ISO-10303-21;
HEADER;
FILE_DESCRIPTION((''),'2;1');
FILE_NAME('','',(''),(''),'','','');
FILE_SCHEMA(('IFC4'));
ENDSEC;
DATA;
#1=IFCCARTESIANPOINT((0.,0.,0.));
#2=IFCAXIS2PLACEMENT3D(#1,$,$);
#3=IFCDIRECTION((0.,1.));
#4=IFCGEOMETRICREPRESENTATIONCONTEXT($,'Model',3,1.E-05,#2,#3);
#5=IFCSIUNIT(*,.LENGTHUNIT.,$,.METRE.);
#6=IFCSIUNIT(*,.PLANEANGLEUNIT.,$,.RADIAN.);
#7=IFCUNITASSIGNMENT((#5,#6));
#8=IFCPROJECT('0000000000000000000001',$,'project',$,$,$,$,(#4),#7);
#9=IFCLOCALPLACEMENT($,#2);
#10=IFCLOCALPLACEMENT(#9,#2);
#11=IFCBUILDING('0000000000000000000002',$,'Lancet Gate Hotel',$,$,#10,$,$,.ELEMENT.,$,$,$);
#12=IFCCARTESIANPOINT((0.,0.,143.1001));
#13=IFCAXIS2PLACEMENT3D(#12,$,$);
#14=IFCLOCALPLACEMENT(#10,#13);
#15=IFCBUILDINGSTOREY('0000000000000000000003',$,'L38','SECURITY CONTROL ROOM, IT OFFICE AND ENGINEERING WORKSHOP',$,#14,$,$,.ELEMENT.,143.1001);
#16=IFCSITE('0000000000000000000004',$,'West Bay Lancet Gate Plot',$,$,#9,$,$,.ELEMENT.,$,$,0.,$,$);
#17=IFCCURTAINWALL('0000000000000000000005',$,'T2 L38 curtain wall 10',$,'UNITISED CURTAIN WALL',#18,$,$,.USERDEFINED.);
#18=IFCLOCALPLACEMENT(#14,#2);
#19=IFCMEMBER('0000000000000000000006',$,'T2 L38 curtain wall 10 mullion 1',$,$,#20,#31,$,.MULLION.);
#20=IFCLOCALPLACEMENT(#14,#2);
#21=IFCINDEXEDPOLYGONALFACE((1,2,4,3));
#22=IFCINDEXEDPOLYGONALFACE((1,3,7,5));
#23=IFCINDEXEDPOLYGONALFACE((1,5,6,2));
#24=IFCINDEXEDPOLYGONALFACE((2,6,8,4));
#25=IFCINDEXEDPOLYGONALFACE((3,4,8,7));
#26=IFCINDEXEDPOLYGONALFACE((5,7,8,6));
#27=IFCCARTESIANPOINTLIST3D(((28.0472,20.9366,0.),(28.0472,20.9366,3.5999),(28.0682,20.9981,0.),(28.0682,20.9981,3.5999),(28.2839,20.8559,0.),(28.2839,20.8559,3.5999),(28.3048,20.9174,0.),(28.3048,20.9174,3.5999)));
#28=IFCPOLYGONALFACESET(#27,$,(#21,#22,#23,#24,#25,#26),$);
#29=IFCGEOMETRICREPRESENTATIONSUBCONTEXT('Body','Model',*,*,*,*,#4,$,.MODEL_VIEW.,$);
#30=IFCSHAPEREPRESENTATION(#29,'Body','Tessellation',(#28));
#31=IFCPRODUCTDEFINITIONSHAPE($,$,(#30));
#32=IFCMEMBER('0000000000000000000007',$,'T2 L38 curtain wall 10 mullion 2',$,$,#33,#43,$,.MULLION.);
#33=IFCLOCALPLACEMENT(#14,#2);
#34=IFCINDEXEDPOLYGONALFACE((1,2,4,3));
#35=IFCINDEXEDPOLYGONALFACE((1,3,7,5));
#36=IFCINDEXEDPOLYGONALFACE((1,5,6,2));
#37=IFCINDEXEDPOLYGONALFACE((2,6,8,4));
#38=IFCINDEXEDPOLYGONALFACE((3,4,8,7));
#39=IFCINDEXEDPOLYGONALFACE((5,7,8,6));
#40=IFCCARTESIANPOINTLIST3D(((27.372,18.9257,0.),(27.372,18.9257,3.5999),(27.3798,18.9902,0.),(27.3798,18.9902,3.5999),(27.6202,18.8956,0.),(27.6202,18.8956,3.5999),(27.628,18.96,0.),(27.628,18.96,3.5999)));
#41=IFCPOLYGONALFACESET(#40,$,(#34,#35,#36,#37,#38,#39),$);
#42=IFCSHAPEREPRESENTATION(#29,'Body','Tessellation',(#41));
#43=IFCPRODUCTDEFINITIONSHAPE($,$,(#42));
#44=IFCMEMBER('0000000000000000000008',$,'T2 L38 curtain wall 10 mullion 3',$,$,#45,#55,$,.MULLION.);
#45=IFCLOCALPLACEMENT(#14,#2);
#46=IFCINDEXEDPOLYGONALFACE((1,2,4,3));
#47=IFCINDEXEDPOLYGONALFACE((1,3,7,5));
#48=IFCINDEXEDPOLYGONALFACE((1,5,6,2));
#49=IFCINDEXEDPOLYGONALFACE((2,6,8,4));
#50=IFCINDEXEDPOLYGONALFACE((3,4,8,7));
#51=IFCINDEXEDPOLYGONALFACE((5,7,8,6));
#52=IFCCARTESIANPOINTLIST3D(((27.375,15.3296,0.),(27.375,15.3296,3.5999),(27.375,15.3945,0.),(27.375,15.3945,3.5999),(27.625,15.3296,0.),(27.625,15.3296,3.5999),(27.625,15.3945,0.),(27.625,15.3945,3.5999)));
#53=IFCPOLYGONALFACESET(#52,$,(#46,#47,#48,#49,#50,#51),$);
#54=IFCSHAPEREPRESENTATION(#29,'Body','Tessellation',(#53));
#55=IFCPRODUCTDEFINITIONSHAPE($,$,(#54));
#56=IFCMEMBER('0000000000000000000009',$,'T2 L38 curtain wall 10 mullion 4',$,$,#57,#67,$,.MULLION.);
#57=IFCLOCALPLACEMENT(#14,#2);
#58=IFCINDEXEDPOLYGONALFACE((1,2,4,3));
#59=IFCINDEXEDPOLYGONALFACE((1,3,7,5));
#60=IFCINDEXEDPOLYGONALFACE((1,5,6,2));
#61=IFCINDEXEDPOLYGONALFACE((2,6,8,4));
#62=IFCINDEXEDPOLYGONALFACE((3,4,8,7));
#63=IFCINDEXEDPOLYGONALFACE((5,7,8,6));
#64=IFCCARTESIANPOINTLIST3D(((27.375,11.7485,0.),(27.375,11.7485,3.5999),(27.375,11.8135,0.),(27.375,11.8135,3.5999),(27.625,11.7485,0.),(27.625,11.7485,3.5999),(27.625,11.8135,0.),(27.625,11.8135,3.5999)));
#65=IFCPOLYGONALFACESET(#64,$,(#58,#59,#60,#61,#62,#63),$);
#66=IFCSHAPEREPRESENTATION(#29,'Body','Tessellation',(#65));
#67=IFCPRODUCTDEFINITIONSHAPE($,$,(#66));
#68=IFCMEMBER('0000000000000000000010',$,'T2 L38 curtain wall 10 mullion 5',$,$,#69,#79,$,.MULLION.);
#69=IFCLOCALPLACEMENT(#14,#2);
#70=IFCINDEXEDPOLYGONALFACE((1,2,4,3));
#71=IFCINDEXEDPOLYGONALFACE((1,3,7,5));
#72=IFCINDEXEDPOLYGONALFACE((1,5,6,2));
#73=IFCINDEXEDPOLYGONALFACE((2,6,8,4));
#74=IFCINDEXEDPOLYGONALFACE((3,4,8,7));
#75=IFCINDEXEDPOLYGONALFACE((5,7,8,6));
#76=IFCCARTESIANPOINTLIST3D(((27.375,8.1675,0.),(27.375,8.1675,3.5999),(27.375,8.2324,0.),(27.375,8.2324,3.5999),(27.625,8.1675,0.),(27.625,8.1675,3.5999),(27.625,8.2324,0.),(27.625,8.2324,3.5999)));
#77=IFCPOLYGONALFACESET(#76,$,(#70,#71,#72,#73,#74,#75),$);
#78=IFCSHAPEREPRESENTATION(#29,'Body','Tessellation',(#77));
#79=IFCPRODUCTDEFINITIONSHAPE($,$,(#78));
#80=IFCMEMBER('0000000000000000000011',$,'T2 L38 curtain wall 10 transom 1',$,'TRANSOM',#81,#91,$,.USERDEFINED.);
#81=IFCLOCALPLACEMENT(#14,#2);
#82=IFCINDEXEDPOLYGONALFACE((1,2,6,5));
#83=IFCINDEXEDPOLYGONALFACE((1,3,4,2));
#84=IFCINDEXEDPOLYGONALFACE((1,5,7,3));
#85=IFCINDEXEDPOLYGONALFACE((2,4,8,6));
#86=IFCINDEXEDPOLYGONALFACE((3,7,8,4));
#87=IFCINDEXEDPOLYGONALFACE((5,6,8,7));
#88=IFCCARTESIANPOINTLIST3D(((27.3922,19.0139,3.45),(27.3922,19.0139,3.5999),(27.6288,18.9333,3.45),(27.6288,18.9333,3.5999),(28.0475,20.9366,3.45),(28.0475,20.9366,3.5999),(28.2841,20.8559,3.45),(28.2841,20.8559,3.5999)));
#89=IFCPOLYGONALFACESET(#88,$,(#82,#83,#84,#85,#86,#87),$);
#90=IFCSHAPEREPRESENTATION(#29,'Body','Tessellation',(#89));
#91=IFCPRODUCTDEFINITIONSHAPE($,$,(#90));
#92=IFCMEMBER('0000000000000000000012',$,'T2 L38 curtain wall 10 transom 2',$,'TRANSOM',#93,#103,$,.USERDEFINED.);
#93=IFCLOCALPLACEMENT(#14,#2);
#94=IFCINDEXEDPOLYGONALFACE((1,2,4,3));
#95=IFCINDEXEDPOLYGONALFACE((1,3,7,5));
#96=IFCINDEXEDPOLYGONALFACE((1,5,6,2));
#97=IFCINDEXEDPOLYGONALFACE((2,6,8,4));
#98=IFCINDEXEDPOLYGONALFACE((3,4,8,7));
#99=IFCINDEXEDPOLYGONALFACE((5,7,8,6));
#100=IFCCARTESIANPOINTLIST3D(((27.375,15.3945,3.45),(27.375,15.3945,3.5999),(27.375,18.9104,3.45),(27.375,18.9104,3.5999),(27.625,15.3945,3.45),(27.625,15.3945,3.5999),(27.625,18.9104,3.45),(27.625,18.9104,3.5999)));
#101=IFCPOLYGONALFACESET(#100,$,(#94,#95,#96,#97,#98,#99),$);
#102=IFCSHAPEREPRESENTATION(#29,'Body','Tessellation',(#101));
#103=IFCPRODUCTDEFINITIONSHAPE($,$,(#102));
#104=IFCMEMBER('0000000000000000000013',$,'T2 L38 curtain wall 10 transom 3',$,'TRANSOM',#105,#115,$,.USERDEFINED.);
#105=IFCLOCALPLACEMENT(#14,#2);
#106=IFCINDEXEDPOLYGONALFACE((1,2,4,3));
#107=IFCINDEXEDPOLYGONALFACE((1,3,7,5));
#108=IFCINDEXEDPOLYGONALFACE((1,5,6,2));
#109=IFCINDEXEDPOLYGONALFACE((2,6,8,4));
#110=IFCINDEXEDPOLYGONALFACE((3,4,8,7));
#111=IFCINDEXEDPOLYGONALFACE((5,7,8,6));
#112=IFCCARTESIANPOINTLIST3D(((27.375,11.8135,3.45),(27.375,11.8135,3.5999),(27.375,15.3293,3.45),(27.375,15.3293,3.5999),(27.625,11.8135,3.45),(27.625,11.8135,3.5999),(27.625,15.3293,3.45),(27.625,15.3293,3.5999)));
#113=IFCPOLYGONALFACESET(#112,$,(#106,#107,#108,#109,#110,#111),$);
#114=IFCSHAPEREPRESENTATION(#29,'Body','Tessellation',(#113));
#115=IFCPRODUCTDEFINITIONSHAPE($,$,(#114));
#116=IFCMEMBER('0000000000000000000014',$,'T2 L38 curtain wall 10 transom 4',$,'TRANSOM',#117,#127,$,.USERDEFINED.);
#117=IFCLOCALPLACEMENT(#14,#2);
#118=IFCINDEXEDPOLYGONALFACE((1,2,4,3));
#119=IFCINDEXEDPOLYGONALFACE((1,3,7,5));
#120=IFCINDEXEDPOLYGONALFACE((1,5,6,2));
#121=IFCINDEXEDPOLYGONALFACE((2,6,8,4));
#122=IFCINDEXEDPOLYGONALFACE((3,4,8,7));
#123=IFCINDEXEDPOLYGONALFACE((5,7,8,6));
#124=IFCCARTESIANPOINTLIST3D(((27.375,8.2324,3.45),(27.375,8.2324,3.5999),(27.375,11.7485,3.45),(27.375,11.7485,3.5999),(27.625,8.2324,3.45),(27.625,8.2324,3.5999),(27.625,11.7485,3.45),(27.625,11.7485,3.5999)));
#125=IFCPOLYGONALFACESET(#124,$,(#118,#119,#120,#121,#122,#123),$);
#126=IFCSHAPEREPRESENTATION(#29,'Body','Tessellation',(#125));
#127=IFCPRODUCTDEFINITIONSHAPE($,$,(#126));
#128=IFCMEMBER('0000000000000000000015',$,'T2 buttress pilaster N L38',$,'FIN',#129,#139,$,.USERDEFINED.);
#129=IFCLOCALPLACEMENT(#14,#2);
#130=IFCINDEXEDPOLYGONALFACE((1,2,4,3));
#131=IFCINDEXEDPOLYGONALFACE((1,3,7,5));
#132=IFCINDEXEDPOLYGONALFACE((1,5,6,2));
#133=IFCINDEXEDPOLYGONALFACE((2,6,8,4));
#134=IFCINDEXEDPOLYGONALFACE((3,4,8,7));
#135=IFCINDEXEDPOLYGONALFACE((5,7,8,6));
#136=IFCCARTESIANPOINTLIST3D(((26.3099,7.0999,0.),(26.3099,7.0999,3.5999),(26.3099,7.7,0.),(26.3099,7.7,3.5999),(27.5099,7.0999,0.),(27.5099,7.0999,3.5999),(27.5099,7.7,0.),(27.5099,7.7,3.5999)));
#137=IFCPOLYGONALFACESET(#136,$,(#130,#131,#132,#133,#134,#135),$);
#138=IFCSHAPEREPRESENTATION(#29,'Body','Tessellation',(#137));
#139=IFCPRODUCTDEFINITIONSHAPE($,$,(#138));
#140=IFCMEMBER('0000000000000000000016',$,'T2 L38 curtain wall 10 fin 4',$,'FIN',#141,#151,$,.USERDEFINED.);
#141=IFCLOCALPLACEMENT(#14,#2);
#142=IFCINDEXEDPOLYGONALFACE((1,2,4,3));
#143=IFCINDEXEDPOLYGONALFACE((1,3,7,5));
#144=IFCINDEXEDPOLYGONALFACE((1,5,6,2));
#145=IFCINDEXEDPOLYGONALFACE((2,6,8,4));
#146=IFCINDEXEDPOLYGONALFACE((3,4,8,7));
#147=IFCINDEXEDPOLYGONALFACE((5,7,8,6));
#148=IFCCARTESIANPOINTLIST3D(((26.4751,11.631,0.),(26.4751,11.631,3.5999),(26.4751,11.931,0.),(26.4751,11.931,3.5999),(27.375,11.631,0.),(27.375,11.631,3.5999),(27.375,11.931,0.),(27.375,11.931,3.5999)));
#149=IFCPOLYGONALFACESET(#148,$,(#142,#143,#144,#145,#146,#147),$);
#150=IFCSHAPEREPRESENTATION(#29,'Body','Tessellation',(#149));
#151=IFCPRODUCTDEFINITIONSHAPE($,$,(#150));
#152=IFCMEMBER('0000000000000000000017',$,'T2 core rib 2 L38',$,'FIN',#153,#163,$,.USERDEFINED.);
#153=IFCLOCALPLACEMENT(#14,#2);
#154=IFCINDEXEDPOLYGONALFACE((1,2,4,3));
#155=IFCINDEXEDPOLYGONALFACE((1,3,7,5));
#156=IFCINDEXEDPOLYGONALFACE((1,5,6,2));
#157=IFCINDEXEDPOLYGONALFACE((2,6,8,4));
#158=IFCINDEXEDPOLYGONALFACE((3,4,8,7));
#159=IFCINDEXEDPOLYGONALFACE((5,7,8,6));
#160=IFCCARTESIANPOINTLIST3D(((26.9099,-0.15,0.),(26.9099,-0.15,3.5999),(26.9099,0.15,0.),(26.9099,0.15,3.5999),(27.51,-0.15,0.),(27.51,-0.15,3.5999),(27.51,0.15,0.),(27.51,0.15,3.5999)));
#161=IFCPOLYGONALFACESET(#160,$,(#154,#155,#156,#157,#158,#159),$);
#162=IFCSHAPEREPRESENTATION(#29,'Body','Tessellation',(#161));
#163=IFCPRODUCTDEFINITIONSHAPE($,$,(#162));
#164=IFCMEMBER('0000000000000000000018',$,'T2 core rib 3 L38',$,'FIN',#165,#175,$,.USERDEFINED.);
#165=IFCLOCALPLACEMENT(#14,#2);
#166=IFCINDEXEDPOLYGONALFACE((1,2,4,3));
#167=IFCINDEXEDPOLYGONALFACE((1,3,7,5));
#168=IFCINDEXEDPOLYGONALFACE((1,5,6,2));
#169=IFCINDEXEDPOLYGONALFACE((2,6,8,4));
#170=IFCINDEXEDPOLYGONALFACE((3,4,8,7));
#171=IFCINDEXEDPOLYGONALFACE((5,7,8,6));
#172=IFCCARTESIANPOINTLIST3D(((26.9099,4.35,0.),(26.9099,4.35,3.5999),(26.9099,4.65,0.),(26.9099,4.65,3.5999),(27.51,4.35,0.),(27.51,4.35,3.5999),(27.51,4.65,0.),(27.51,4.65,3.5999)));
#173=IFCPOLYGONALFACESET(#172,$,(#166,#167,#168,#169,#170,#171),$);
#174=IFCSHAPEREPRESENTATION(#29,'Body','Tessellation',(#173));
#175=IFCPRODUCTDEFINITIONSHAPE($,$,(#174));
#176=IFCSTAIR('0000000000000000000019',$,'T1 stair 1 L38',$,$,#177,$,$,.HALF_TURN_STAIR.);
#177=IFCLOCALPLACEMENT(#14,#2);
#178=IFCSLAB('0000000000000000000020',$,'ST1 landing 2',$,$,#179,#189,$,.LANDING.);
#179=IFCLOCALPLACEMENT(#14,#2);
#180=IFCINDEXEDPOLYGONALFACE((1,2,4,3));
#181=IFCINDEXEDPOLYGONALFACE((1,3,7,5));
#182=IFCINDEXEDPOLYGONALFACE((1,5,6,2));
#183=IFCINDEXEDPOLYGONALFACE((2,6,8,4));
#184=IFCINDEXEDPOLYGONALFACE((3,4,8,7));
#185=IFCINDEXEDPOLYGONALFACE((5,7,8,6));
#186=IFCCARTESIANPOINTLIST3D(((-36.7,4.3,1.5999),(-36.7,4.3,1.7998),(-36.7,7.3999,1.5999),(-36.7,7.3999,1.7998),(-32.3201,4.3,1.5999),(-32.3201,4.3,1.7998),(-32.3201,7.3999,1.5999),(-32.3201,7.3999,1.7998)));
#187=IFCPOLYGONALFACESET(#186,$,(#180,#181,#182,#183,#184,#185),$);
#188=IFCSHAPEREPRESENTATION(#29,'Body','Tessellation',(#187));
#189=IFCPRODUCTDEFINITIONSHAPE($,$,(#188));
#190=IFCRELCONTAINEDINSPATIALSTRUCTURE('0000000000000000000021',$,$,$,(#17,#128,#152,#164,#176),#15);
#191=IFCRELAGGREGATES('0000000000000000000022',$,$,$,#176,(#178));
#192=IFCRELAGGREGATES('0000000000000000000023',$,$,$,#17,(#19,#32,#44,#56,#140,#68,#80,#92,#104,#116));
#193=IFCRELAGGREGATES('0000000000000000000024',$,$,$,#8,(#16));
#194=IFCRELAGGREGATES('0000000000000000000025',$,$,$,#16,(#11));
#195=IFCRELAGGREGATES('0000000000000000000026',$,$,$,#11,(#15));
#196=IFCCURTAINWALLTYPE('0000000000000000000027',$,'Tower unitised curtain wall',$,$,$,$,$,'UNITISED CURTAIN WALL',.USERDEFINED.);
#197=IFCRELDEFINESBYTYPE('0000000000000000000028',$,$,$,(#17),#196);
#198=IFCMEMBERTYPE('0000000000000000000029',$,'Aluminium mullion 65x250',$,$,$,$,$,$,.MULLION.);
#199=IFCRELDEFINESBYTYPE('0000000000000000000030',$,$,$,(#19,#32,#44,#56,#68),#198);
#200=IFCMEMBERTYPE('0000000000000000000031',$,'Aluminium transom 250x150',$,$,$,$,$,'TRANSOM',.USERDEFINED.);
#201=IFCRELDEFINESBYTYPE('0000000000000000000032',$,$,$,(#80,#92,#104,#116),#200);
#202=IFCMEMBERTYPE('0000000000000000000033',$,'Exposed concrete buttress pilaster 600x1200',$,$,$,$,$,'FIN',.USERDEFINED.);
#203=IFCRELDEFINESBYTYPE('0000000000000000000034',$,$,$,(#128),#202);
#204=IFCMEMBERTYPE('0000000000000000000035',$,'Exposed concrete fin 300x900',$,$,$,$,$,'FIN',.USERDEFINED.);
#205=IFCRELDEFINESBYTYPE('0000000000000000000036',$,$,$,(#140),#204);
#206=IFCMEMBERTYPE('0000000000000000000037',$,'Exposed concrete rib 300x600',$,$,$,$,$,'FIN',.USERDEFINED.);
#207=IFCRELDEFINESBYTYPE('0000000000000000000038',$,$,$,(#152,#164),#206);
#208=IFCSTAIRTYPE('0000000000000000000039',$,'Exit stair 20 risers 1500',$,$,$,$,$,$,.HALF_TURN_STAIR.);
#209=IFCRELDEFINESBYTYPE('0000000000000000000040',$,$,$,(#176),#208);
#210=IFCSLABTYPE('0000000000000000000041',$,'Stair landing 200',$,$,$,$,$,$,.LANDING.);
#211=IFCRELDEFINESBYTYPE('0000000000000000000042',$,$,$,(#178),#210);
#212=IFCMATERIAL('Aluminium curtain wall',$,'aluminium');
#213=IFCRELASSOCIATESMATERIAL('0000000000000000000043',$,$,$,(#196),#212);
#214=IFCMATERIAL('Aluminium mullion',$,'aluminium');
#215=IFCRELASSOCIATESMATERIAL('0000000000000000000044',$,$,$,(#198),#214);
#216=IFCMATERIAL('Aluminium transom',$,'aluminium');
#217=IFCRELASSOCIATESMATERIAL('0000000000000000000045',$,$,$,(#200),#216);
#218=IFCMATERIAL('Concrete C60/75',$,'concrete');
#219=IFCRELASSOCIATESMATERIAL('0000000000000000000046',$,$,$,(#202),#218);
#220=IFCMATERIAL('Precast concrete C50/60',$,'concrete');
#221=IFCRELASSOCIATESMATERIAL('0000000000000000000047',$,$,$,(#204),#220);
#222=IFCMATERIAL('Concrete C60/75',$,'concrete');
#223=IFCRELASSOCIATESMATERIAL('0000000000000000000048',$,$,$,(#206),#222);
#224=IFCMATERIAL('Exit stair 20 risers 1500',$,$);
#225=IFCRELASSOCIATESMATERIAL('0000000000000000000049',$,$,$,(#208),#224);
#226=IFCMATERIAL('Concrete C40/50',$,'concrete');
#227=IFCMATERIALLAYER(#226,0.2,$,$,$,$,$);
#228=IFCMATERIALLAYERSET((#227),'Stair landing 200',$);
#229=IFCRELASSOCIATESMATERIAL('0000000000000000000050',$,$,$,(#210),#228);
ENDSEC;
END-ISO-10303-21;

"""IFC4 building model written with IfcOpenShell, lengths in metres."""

from ifc_helpers import new_model, si_unit, direction, frame, origin, origin_2d, place, context, subcontext, project, spatial, polyline, rectangle, outline, extrude, material, layer, layer_set, material_profile, profile_set, type_object, element, aggregate, save


model = new_model("IFC4")

# Units and contexts
model_context = context("Model", 3, precision=1e-05, world=origin(), true_north=direction((0.0, 1.0)))
body_context = subcontext(model_context, "Body", "Model", "MODEL_VIEW")
ifc_project = project(units=[si_unit("LENGTHUNIT", "METRE"), si_unit("PLANEANGLEUNIT", "RADIAN")], contexts=[model_context])

# Site, building, storey
site_placement = place(None, origin())
site = spatial("IfcSite", under=ifc_project, at=site_placement, Name="West Bay Lancet Gate Plot", CompositionType="ELEMENT", RefElevation=0.0)
building_placement = place(site_placement, origin())
building = spatial("IfcBuilding", under=site, at=building_placement, Name="Lancet Gate Hotel", CompositionType="ELEMENT")
storey_placement = place(building_placement, frame((0.0, 0.0, 143.1001)))
storey = spatial("IfcBuildingStorey", under=building, at=storey_placement, Name="L38", Description="SECURITY CONTROL ROOM, IT OFFICE AND ENGINEERING WORKSHOP", CompositionType="ELEMENT", Elevation=143.1001)

# Curtain wall, members
ifc_material_1 = material(Name="Aluminium curtain wall", Category="aluminium")
curtain_wall_type = type_object("IfcCurtainWallType", Name="Tower unitised curtain wall", ElementType="UNITISED CURTAIN WALL", PredefinedType="USERDEFINED", material=ifc_material_1)
curtain_wall_placement = place(storey_placement, origin())
curtain_wall = element("IfcCurtainWall", 1, at=curtain_wall_placement, inside=storey, type_object=curtain_wall_type, Name="T2 L38 curtain wall 10", ObjectType="UNITISED CURTAIN WALL", PredefinedType="USERDEFINED")
ifc_material_2 = material(Name="Aluminium mullion", Category="aluminium")
ifc_material_profile_1 = material_profile(ifc_material_2, rectangle(XDim=0.0649, YDim=0.25, at=origin_2d()), Name="MULLION 65x250")
ifc_profile_set_1 = profile_set([ifc_material_profile_1], Name="Aluminium mullion")
member_type_1 = type_object("IfcMemberType", Name="Aluminium mullion 65x250", PredefinedType="MULLION", material=ifc_profile_set_1)
member_1_placement = place(storey_placement, frame((28.176, 20.927, 0.0), z_axis=(0.0, 0.0, 1.0), x_axis=(-0.322576, -0.946544, 0.0)))
member_1 = element("IfcMember", 2, at=member_1_placement, type_object=member_type_1, Name="T2 L38 curtain wall 10 mullion 1", PredefinedType="MULLION", context=body_context, shape_type="SweptSolid", body=[
    extrude(rectangle(XDim=0.0649, YDim=0.25, at=origin_2d()), origin(), (0.0, 0.0, 1.0), 3.5999),
])
member_2_placement = place(storey_placement, frame((27.5, 18.9429, 0.0), z_axis=(0.0, 0.0, 1.0), x_axis=(-0.120612, -0.9927, 0.0)))
member_2 = element("IfcMember", 3, at=member_2_placement, type_object=member_type_1, Name="T2 L38 curtain wall 10 mullion 2", PredefinedType="MULLION", context=body_context, shape_type="SweptSolid", body=[
    extrude(rectangle(XDim=0.0649, YDim=0.25, at=origin_2d()), origin(), (0.0, 0.0, 1.0), 3.5999),
])
member_3_placement = place(storey_placement, frame((27.5, 15.3621, 0.0), z_axis=(0.0, 0.0, 1.0), x_axis=(0.0, -1.0, 0.0)))
member_3 = element("IfcMember", 4, at=member_3_placement, type_object=member_type_1, Name="T2 L38 curtain wall 10 mullion 3", PredefinedType="MULLION", context=body_context, shape_type="SweptSolid", body=[
    extrude(rectangle(XDim=0.0649, YDim=0.25, at=origin_2d()), origin(), (0.0, 0.0, 1.0), 3.5999),
])
member_4_placement = place(storey_placement, frame((27.5, 11.781, 0.0), z_axis=(0.0, 0.0, 1.0), x_axis=(0.0, -1.0, 0.0)))
member_4 = element("IfcMember", 5, at=member_4_placement, type_object=member_type_1, Name="T2 L38 curtain wall 10 mullion 4", PredefinedType="MULLION", context=body_context, shape_type="SweptSolid", body=[
    extrude(rectangle(XDim=0.0649, YDim=0.25, at=origin_2d()), origin(), (0.0, 0.0, 1.0), 3.5999),
])
member_5_placement = place(storey_placement, frame((27.5, 8.2, 0.0), z_axis=(0.0, 0.0, 1.0), x_axis=(0.0, -1.0, 0.0)))
member_5 = element("IfcMember", 6, at=member_5_placement, type_object=member_type_1, Name="T2 L38 curtain wall 10 mullion 5", PredefinedType="MULLION", context=body_context, shape_type="SweptSolid", body=[
    extrude(rectangle(XDim=0.0649, YDim=0.25, at=origin_2d()), origin(), (0.0, 0.0, 1.0), 3.5999),
])
ifc_material_3 = material(Name="Aluminium transom", Category="aluminium")
ifc_material_profile_2 = material_profile(ifc_material_3, rectangle(XDim=0.25, YDim=0.1499, at=origin_2d()), Name="TRANSOM 250x150")
ifc_profile_set_2 = profile_set([ifc_material_profile_2], Name="Aluminium transom")
member_type_2 = type_object("IfcMemberType", Name="Aluminium transom 250x150", ElementType="TRANSOM", PredefinedType="USERDEFINED", material=ifc_profile_set_2)
member_6_placement = place(storey_placement, frame((28.1658, 20.8962, 3.5249), z_axis=(-0.322603, -0.946534, 0.0), x_axis=(0.946534, -0.322603, 0.0)))
member_6 = element("IfcMember", 7, at=member_6_placement, type_object=member_type_2, Name="T2 L38 curtain wall 10 transom 1", ObjectType="TRANSOM", PredefinedType="USERDEFINED", context=body_context, shape_type="SweptSolid", body=[
    extrude(rectangle(XDim=0.25, YDim=0.1499, at=origin_2d()), origin(), (0.0, 0.0, 1.0), 2.0312),
])
member_7_placement = place(storey_placement, frame((27.5, 18.9104, 3.5249), z_axis=(0.0, -1.0, 0.0), x_axis=(1.0, 0.0, 0.0)))
member_7 = element("IfcMember", 8, at=member_7_placement, type_object=member_type_2, Name="T2 L38 curtain wall 10 transom 2", ObjectType="TRANSOM", PredefinedType="USERDEFINED", context=body_context, shape_type="SweptSolid", body=[
    extrude(rectangle(XDim=0.25, YDim=0.1499, at=origin_2d()), origin(), (0.0, 0.0, 1.0), 3.5159),
])
member_8_placement = place(storey_placement, frame((27.5, 15.3293, 3.5249), z_axis=(0.0, -1.0, 0.0), x_axis=(1.0, 0.0, 0.0)))
member_8 = element("IfcMember", 9, at=member_8_placement, type_object=member_type_2, Name="T2 L38 curtain wall 10 transom 3", ObjectType="TRANSOM", PredefinedType="USERDEFINED", context=body_context, shape_type="SweptSolid", body=[
    extrude(rectangle(XDim=0.25, YDim=0.1499, at=origin_2d()), origin(), (0.0, 0.0, 1.0), 3.5159),
])
member_9_placement = place(storey_placement, frame((27.5, 11.7485, 3.5249), z_axis=(0.0, -1.0, 0.0), x_axis=(1.0, 0.0, 0.0)))
member_9 = element("IfcMember", 10, at=member_9_placement, type_object=member_type_2, Name="T2 L38 curtain wall 10 transom 4", ObjectType="TRANSOM", PredefinedType="USERDEFINED", context=body_context, shape_type="SweptSolid", body=[
    extrude(rectangle(XDim=0.25, YDim=0.1499, at=origin_2d()), origin(), (0.0, 0.0, 1.0), 3.5161),
])

# Members
ifc_material_4 = material(Name="Concrete C60/75", Category="concrete")
ifc_material_profile_3 = material_profile(ifc_material_4, rectangle(XDim=0.6001, YDim=1.2, at=origin_2d()), Name="FIN 600x1200")
ifc_profile_set_3 = profile_set([ifc_material_profile_3], Name="Concrete C60/75")
member_type_3 = type_object("IfcMemberType", Name="Exposed concrete buttress pilaster 600x1200", ElementType="FIN", PredefinedType="USERDEFINED", material=ifc_profile_set_3)
member_10_placement = place(storey_placement, frame((26.9099, 7.3999, 0.0), z_axis=(0.0, 0.0, 1.0), x_axis=(0.0, 1.0, 0.0)))
element("IfcMember", 11, at=member_10_placement, inside=storey, type_object=member_type_3, Name="T2 buttress pilaster N L38", ObjectType="FIN", PredefinedType="USERDEFINED", context=body_context, shape_type="SweptSolid", body=[
    extrude(rectangle(XDim=0.6001, YDim=1.2, at=origin_2d()), origin(), (0.0, 0.0, 1.0), 3.5999),
])
ifc_material_5 = material(Name="Precast concrete C50/60", Category="concrete")
ifc_material_profile_4 = material_profile(ifc_material_5, rectangle(XDim=0.3, YDim=0.8999, at=origin_2d()), Name="FIN 300x900")
ifc_profile_set_4 = profile_set([ifc_material_profile_4], Name="Precast concrete C50/60")
member_type_4 = type_object("IfcMemberType", Name="Exposed concrete fin 300x900", ElementType="FIN", PredefinedType="USERDEFINED", material=ifc_profile_set_4)
member_11_placement = place(storey_placement, frame((26.925, 11.781, 0.0), z_axis=(0.0, 0.0, 1.0), x_axis=(0.0, -1.0, 0.0)))
member_11 = element("IfcMember", 12, at=member_11_placement, type_object=member_type_4, Name="T2 L38 curtain wall 10 fin 4", ObjectType="FIN", PredefinedType="USERDEFINED", context=body_context, shape_type="SweptSolid", body=[
    extrude(rectangle(XDim=0.3, YDim=0.8999, at=origin_2d()), origin(), (0.0, 0.0, 1.0), 3.5999),
])

# Members
ifc_material_6 = material(Name="Concrete C60/75", Category="concrete")
ifc_material_profile_5 = material_profile(ifc_material_6, rectangle(XDim=0.3, YDim=0.6001, at=origin_2d()), Name="FIN 300x600")
ifc_profile_set_5 = profile_set([ifc_material_profile_5], Name="Concrete C60/75")
member_type_5 = type_object("IfcMemberType", Name="Exposed concrete rib 300x600", ElementType="FIN", PredefinedType="USERDEFINED", material=ifc_profile_set_5)
for number, where, z_axis, x_axis, name in (
    (13, (27.21, 0.0, 0.0), (0.0, 0.0, 1.0), (0.0, 1.0, 0.0), "T2 core rib 2 L38"),
    (14, (27.21, 4.5, 0.0), (0.0, 0.0, 1.0), (0.0, 1.0, 0.0), "T2 core rib 3 L38"),
):
    element("IfcMember", number, at=place(storey_placement, frame(where, z_axis=z_axis, x_axis=x_axis)), inside=storey, type_object=member_type_5, Name=name, ObjectType="FIN", PredefinedType="USERDEFINED", context=body_context, shape_type="SweptSolid", body=[
        extrude(rectangle(XDim=0.3, YDim=0.6001, at=origin_2d()), origin(), (0.0, 0.0, 1.0), 3.5999),
    ])

# Stair, slab
ifc_material_7 = material(Name="Exit stair 20 risers 1500")
stair_type = type_object("IfcStairType", Name="Exit stair 20 risers 1500", PredefinedType="HALF_TURN_STAIR", material=ifc_material_7)
stair_1_placement = place(storey_placement, origin())
stair_1 = element("IfcStair", 15, at=stair_1_placement, inside=storey, type_object=stair_type, Name="T1 stair 1 L38", PredefinedType="HALF_TURN_STAIR")
ifc_material_8 = material(Name="Concrete C40/50", Category="concrete")
ifc_layer_1 = layer(ifc_material_8, 0.2)
ifc_layer_set_1 = layer_set([ifc_layer_1], Name="Stair landing 200")
slab_type = type_object("IfcSlabType", Name="Stair landing 200", PredefinedType="LANDING", material=ifc_layer_set_1)
slab_1_placement = place(storey_placement, frame((0.0, 0.0, 1.5999)))
slab_1 = element("IfcSlab", 16, at=slab_1_placement, type_object=slab_type, Name="ST1 landing 2", PredefinedType="LANDING", context=body_context, shape_type="SweptSolid", body=[
    extrude(outline(polyline([(-32.3201, 7.3999), (-36.7, 7.3999), (-36.7, 4.3), (-32.3201, 4.3), (-32.3201, 7.3999)])), origin(), (0.0, 0.0, 1.0), 0.2),
])
aggregate(stair_1, [slab_1])

aggregate(curtain_wall, [member_1, member_2, member_3, member_4, member_11, member_5, member_6, member_7, member_8, member_9])

save(model, "model.ifc")
